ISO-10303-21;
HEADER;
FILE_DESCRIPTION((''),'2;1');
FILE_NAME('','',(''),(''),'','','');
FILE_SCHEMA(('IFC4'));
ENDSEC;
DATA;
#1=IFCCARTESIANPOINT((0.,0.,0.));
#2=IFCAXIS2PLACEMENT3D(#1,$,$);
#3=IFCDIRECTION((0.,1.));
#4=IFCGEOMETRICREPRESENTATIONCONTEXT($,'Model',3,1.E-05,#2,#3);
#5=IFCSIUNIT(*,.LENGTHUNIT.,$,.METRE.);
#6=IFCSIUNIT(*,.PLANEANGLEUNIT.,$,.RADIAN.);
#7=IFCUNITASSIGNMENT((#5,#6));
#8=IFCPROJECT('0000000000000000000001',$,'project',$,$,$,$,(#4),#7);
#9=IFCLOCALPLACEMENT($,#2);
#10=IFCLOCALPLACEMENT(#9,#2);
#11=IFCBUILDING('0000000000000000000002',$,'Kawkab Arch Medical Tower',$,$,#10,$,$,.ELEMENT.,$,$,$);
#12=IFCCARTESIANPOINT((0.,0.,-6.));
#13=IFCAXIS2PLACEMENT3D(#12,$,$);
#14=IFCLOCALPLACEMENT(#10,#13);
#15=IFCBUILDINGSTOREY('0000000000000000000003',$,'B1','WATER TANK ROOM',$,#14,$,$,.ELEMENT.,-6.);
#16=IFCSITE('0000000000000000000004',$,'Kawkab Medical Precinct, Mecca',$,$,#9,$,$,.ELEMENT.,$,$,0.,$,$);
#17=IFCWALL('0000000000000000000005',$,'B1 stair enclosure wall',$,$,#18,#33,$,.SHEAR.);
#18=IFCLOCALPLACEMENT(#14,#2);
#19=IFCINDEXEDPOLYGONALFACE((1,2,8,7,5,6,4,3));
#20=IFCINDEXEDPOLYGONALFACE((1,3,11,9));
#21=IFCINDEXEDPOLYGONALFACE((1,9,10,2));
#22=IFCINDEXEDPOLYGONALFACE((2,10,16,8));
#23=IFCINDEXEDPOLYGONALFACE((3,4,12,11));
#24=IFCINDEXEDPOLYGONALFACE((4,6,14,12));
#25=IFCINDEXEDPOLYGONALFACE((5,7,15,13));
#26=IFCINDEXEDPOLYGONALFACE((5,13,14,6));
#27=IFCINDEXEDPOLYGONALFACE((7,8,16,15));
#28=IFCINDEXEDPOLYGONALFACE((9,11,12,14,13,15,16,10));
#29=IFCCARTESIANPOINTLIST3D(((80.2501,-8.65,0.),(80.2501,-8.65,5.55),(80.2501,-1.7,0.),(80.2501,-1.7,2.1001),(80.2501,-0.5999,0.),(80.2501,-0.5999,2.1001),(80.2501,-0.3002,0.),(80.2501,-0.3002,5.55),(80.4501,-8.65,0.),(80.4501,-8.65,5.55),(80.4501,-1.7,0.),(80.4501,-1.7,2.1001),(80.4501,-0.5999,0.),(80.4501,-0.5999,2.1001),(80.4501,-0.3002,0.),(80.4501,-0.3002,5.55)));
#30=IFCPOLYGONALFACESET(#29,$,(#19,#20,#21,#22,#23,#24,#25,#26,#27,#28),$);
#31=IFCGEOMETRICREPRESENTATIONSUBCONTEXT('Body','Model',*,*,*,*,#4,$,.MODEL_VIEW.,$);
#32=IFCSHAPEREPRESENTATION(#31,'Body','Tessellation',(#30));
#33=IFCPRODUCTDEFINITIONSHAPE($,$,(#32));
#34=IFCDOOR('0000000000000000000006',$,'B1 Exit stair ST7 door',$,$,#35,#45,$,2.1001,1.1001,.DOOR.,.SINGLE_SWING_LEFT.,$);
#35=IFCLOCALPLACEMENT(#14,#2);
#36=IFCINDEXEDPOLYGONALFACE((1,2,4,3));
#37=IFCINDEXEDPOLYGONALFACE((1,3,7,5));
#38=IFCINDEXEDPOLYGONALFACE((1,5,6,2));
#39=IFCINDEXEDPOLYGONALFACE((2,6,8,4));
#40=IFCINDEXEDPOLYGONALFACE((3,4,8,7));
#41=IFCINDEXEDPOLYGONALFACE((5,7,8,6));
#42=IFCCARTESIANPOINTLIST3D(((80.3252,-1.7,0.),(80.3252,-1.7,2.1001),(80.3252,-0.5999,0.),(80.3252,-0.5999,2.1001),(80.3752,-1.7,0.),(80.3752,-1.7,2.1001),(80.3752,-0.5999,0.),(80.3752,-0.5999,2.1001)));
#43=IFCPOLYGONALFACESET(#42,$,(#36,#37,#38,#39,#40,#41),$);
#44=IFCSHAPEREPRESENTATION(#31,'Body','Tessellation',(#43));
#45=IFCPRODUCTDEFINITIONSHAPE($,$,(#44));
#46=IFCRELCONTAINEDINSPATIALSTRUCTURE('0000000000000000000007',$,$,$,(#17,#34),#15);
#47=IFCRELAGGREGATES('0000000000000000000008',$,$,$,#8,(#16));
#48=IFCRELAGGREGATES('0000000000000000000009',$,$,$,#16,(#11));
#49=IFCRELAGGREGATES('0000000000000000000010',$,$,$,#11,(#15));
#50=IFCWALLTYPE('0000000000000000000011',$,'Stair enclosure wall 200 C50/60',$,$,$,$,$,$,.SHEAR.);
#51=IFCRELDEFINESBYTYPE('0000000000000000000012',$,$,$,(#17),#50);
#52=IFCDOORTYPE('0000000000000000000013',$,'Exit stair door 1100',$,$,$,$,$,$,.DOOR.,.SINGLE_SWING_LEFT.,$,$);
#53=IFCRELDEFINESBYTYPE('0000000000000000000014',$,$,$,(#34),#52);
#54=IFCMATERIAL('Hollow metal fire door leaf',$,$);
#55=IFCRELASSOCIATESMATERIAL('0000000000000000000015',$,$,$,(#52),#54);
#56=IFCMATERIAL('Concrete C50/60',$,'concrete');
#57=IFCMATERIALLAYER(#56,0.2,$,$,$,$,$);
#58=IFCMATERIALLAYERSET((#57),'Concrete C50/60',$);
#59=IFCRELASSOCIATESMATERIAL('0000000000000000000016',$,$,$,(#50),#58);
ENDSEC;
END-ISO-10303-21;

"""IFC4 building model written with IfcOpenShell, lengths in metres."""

from ifc_helpers import new_model, si_unit, direction, frame, frame_2d, origin, place, context, subcontext, project, spatial, rectangle, extrude, material, layer, layer_set, type_object, element, fill, save


model = new_model("IFC4")

# Units and contexts
model_context = context("Model", 3, precision=1e-05, world=origin(), true_north=direction((0.0, 1.0)))
body_context = subcontext(model_context, "Body", "Model", "MODEL_VIEW")
ifc_project = project(units=[si_unit("LENGTHUNIT", "METRE"), si_unit("PLANEANGLEUNIT", "RADIAN")], contexts=[model_context])

# Site, building, storey
site_placement = place(None, origin())
site = spatial("IfcSite", under=ifc_project, at=site_placement, Name="Kawkab Medical Precinct, Mecca", CompositionType="ELEMENT", RefElevation=0.0)
building_placement = place(site_placement, origin())
building = spatial("IfcBuilding", under=site, at=building_placement, Name="Kawkab Arch Medical Tower", CompositionType="ELEMENT")
storey_placement = place(building_placement, frame((0.0, 0.0, -6.0)))
storey = spatial("IfcBuildingStorey", under=building, at=storey_placement, Name="B1", Description="WATER TANK ROOM", CompositionType="ELEMENT", Elevation=-6.0)

# Shared definitions
ifc_material_1 = material(Name="Hollow metal fire door leaf")
door_type_1 = type_object("IfcDoorType", Name="Exit stair door 1100", OperationType="SINGLE_SWING_LEFT", PredefinedType="DOOR", material=ifc_material_1)

# Shared definitions
ifc_material_2 = material(Name="Concrete C50/60", Category="concrete")
ifc_layer_1 = layer(ifc_material_2, 0.2)
ifc_layer_set_1 = layer_set([ifc_layer_1], Name="Concrete C50/60")
wall_type_1 = type_object("IfcWallType", Name="Stair enclosure wall 200 C50/60", PredefinedType="SHEAR", material=ifc_layer_set_1)

# Wall, opening, door
wall_1_placement = place(storey_placement, frame((80.3501, -8.6499, 0.0), z_axis=(0.0, 0.0, 1.0), x_axis=(0.0, 1.0, 0.0)))
wall_1 = element("IfcWall", 1, at=wall_1_placement, inside=storey, type_object=wall_type_1, Name="B1 stair enclosure wall", PredefinedType="SHEAR", context=body_context, shape_type="SweptSolid", body=[
    extrude(rectangle(XDim=8.3499, YDim=0.2, at=frame_2d((4.1748, 0.0))), origin(), (0.0, 0.0, 1.0), 5.55),
])
opening_1_placement = place(wall_1_placement, frame((6.95, 0.0, 0.0)))
opening_1 = element("IfcOpeningElement", 2, at=opening_1_placement, cuts=wall_1, PredefinedType="OPENING", context=body_context, shape_type="SweptSolid", body=[
    extrude(rectangle(XDim=1.1001, YDim=2.1001, at=frame_2d((0.55, 1.05))), frame((0.0, 0.1099, 0.0), z_axis=(0.0, -1.0, 0.0), x_axis=(1.0, 0.0, 0.0)), (0.0, 0.0, 1.0), 0.22),
])
door_1_placement = place(opening_1_placement, origin())
door_1 = element("IfcDoor", 3, at=door_1_placement, inside=storey, type_object=door_type_1, Name="B1 Exit stair ST7 door", OperationType="SINGLE_SWING_LEFT", OverallHeight=2.1001, OverallWidth=1.1001, PredefinedType="DOOR", context=body_context, shape_type="SweptSolid", body=[
    extrude(rectangle(XDim=1.1001, YDim=2.1001, at=frame_2d((0.55, 1.05))), frame((0.0, 0.0249, 0.0), z_axis=(0.0, -1.0, 0.0), x_axis=(1.0, 0.0, 0.0)), (0.0, 0.0, 1.0), 0.05),
])
fill(opening_1, door_1)

save(model, "model.ifc")
